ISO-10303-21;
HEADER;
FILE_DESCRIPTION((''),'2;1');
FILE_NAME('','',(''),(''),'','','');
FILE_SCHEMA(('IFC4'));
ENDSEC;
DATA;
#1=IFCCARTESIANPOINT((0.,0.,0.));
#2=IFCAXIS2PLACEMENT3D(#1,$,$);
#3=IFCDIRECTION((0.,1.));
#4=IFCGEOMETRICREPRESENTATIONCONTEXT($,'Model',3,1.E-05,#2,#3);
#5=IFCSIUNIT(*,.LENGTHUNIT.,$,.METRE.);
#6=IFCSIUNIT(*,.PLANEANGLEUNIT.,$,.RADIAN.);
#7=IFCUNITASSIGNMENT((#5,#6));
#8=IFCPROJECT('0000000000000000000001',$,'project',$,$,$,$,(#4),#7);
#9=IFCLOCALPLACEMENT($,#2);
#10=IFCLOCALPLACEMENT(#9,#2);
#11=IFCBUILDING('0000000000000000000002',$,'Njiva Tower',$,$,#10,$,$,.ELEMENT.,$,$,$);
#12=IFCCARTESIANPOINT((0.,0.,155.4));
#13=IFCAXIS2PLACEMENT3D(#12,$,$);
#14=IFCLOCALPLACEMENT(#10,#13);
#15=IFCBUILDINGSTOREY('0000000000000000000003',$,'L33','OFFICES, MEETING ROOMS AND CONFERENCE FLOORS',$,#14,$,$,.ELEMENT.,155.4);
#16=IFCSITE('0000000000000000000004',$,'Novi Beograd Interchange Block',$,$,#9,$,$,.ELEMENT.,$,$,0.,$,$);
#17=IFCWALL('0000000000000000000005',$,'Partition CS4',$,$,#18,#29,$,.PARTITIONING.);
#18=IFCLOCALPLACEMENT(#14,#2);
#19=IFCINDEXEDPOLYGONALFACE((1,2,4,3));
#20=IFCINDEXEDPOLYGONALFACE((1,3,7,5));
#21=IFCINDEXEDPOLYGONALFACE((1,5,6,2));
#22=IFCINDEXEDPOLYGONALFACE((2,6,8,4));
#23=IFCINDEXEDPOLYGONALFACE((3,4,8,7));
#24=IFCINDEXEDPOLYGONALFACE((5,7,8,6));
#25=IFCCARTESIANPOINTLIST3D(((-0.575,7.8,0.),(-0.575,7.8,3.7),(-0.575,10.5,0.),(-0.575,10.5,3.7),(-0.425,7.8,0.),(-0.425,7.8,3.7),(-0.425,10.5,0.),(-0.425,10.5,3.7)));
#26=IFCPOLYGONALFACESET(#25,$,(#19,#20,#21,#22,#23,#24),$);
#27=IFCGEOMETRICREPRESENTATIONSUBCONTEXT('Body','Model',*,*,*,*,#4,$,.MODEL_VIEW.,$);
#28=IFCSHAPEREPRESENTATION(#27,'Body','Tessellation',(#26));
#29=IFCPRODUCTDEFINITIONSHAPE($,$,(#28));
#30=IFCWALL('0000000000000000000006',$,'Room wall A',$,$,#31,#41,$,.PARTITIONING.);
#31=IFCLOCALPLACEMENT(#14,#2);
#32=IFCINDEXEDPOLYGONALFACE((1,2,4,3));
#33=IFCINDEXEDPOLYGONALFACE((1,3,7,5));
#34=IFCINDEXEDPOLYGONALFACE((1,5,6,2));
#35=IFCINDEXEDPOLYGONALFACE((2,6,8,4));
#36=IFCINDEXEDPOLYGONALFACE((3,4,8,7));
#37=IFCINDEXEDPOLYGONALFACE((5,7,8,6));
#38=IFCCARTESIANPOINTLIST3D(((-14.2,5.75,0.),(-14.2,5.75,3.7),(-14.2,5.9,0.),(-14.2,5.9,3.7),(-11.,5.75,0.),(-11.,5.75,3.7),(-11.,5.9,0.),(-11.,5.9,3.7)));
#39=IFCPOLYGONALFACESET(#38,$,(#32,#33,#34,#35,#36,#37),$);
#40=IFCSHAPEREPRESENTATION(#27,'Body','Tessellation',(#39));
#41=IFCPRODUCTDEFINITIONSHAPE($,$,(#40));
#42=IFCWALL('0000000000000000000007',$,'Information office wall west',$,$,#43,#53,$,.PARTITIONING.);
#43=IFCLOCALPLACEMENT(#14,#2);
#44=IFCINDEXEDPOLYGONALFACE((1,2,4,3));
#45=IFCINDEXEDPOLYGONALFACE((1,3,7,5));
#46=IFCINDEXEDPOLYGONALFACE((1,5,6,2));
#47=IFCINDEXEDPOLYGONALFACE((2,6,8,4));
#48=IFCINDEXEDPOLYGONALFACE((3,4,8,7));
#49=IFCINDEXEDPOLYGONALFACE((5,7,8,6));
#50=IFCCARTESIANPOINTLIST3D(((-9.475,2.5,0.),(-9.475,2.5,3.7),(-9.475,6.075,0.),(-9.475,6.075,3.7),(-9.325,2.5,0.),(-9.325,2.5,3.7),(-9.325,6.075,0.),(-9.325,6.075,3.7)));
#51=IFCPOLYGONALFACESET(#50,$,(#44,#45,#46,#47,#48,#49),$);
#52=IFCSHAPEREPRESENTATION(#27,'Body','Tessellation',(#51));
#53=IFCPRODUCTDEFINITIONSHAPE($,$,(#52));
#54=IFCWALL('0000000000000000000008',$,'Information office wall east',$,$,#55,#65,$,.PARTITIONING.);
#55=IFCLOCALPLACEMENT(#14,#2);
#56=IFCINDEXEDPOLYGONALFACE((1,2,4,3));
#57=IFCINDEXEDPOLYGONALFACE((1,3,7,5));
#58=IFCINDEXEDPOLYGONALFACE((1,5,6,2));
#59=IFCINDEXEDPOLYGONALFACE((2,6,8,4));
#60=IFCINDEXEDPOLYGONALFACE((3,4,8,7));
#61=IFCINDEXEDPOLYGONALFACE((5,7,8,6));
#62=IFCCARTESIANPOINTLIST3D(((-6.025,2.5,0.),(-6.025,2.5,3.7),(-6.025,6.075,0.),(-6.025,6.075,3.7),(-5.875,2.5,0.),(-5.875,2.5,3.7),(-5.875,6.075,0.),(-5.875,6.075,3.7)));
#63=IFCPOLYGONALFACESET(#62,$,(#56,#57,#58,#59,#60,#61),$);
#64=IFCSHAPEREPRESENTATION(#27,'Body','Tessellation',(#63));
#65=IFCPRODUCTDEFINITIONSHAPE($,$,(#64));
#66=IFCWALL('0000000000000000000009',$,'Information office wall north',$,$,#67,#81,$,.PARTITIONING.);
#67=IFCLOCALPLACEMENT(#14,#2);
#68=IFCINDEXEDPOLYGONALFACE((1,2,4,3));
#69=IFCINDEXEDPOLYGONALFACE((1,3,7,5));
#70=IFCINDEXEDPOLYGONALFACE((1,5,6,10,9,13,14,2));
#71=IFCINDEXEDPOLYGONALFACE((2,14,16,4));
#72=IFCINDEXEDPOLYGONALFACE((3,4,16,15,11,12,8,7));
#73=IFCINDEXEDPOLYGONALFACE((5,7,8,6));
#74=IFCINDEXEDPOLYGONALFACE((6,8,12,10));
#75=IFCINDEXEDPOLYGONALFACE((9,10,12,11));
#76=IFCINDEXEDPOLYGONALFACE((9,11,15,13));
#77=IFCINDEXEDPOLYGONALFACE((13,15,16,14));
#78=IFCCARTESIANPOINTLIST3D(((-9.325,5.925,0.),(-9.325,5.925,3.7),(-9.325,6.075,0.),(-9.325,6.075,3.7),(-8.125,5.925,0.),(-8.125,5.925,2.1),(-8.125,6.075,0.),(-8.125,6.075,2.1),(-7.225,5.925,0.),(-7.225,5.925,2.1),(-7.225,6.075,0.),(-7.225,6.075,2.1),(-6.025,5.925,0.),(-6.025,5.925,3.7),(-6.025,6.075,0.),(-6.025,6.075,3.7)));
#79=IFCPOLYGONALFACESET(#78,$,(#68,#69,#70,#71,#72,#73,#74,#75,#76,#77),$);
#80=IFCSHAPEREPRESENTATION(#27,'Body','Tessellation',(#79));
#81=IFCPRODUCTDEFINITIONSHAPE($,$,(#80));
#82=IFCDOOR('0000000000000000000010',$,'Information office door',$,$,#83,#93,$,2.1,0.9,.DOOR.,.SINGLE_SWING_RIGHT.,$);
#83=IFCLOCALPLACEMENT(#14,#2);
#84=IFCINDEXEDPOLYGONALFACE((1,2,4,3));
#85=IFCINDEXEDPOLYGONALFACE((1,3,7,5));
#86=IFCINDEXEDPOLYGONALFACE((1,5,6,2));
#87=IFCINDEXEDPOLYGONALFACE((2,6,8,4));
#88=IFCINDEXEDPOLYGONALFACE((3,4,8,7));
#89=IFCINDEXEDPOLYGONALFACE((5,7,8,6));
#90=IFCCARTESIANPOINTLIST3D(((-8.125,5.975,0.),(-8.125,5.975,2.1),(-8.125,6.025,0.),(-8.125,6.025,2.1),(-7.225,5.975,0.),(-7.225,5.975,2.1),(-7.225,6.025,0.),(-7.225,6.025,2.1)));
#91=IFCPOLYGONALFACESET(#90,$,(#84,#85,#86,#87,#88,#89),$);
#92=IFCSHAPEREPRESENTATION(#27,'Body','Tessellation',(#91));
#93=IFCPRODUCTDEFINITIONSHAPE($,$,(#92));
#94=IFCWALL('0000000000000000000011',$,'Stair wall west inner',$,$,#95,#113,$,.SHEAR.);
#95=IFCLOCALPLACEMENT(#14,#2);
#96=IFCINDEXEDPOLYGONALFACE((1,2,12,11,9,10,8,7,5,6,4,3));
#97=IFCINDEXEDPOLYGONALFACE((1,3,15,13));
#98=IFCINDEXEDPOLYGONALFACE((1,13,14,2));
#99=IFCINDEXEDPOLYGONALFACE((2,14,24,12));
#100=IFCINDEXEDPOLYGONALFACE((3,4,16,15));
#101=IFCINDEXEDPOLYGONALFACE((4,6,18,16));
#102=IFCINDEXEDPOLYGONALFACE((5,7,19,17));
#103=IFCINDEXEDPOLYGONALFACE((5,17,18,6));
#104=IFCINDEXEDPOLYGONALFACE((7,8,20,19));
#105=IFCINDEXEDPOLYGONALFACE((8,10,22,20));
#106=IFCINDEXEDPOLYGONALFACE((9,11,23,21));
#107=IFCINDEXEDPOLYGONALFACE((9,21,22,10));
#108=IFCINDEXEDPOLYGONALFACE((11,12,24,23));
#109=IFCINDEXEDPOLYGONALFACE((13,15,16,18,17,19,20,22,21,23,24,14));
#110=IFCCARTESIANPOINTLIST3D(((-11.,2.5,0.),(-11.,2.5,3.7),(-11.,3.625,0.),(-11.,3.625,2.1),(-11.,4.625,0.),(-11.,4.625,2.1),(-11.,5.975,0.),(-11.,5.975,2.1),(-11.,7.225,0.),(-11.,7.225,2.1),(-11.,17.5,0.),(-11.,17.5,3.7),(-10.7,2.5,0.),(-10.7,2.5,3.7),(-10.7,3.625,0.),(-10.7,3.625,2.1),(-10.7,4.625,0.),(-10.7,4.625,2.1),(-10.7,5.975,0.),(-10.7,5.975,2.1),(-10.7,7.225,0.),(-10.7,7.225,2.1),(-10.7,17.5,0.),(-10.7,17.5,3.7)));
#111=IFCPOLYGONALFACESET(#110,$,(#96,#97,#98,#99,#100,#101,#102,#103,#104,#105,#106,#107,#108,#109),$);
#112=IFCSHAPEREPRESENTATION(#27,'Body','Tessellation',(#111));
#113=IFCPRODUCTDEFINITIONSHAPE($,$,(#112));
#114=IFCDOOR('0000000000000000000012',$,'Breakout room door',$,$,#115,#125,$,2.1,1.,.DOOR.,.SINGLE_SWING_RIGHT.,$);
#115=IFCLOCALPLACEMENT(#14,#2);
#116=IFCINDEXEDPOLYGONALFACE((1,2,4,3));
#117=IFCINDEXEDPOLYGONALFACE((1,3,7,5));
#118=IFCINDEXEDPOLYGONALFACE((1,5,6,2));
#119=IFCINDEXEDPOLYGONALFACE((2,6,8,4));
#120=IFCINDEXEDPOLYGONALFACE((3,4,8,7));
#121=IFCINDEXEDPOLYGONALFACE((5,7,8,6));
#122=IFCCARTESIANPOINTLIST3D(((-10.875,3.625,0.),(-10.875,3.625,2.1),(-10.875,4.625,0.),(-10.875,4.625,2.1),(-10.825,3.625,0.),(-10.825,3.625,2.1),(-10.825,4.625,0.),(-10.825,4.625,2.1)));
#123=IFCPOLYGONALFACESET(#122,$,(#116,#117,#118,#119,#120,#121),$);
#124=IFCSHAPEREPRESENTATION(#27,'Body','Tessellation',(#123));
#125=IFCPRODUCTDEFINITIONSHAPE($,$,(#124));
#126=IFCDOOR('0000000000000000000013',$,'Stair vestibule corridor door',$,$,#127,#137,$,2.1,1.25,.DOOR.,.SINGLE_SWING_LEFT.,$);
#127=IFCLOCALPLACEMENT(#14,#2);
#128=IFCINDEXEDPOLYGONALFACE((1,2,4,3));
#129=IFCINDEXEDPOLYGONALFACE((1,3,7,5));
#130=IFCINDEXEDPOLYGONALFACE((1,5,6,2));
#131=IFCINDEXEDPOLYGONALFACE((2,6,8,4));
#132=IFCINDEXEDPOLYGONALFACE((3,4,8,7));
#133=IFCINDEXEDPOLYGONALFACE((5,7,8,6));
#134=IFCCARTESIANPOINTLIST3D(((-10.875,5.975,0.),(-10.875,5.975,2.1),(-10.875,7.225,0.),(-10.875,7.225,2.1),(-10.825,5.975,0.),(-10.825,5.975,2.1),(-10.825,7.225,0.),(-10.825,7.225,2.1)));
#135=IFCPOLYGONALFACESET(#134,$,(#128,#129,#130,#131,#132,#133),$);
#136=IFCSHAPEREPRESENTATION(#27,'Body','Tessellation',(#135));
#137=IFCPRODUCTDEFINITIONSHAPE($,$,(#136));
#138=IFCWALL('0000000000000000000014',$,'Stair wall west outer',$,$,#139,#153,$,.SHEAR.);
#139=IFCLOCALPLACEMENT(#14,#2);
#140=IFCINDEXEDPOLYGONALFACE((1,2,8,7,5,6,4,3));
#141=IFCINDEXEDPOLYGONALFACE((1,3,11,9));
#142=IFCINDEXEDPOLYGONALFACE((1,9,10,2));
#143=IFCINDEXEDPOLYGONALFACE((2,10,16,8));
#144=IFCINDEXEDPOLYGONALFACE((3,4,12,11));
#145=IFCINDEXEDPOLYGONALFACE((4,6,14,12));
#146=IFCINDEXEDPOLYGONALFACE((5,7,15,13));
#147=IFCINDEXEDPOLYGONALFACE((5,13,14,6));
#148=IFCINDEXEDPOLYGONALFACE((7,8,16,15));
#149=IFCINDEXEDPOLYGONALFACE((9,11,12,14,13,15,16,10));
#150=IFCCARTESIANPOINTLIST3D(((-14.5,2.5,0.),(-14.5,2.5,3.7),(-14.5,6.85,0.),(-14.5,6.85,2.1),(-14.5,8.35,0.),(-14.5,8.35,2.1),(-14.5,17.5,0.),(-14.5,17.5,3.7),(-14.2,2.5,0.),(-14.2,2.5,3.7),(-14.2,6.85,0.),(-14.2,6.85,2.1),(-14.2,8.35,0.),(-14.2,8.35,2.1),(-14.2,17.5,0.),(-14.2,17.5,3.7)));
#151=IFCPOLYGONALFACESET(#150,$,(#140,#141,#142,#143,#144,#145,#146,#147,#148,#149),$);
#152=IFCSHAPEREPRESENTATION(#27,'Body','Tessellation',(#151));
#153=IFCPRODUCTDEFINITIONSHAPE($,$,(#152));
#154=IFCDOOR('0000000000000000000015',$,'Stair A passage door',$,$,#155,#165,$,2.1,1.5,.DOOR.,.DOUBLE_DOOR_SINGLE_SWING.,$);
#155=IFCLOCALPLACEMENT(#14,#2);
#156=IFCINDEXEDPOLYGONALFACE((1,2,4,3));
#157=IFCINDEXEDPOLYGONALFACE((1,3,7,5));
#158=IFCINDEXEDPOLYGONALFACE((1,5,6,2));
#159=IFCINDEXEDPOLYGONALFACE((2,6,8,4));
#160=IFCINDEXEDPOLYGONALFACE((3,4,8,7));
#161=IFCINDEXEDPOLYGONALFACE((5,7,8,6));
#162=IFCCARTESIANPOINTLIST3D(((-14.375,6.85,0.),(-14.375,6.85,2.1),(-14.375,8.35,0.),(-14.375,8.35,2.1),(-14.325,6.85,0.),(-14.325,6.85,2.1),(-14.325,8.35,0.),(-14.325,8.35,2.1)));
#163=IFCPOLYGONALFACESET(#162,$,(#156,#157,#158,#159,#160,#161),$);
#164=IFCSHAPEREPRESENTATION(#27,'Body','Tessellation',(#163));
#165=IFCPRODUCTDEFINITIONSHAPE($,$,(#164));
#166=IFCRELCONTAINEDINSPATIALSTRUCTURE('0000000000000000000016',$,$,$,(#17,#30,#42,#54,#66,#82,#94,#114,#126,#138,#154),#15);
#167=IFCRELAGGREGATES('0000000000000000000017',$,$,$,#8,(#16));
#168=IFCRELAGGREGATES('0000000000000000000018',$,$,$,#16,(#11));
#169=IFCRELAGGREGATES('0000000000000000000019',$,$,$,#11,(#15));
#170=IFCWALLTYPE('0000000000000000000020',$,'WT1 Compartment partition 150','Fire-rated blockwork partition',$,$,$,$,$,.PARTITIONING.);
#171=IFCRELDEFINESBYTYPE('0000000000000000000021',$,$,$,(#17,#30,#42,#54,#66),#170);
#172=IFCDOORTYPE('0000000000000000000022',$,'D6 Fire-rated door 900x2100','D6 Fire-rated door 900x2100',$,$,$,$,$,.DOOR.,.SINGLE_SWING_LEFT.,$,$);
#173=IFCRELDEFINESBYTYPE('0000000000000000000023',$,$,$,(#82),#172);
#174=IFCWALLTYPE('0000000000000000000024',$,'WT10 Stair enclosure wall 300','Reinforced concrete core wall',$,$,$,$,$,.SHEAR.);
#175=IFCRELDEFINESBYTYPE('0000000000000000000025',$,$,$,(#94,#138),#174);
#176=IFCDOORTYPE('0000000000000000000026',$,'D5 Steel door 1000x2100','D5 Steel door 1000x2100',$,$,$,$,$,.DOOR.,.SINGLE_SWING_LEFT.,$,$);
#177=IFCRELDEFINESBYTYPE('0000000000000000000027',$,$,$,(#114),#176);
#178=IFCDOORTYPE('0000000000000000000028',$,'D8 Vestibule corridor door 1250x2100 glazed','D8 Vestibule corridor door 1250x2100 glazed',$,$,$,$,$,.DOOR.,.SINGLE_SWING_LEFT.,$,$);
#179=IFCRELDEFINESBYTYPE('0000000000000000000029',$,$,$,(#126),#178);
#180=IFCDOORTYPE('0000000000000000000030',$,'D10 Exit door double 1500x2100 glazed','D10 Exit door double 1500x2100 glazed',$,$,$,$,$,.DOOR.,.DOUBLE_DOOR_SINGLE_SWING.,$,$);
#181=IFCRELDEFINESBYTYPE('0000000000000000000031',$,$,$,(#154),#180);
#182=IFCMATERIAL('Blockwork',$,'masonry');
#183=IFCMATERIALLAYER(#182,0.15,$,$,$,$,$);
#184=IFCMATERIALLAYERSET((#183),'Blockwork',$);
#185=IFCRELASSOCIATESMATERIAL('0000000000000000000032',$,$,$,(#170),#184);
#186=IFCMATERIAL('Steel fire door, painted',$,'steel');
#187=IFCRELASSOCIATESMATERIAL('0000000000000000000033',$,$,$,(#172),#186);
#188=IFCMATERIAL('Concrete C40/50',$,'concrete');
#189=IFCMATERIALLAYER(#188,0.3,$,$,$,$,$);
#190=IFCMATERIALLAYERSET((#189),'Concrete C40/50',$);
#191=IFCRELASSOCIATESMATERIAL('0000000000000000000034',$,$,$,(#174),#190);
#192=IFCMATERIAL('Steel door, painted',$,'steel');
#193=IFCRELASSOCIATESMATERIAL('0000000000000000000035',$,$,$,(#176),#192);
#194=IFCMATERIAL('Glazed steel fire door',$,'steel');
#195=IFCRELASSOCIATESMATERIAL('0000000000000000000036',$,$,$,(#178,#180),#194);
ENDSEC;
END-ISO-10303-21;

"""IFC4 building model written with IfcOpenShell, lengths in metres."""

from ifc_helpers import new_model, si_unit, direction, frame, frame_2d, origin, place, context, subcontext, project, spatial, rectangle, extrude, material, layer, layer_set, type_object, element, fill, save


model = new_model("IFC4")

# Units and contexts
model_context = context("Model", 3, precision=1e-05, world=origin(), true_north=direction((0.0, 1.0)))
body_context = subcontext(model_context, "Body", "Model", "MODEL_VIEW")
ifc_project = project(units=[si_unit("LENGTHUNIT", "METRE"), si_unit("PLANEANGLEUNIT", "RADIAN")], contexts=[model_context])

# Site, building, storey
site_placement = place(None, origin())
site = spatial("IfcSite", under=ifc_project, at=site_placement, Name="Novi Beograd Interchange Block", CompositionType="ELEMENT", RefElevation=0.0)
building_placement = place(site_placement, origin())
building = spatial("IfcBuilding", under=site, at=building_placement, Name="Njiva Tower", CompositionType="ELEMENT")
storey_placement = place(building_placement, frame((0.0, 0.0, 155.4)))
storey = spatial("IfcBuildingStorey", under=building, at=storey_placement, Name="L33", Description="OFFICES, MEETING ROOMS AND CONFERENCE FLOORS", CompositionType="ELEMENT", Elevation=155.4)

# Walls
ifc_material_1 = material(Name="Blockwork", Category="masonry")
ifc_layer_1 = layer(ifc_material_1, 0.15)
ifc_layer_set_1 = layer_set([ifc_layer_1], Name="Blockwork")
wall_type_1 = type_object("IfcWallType", Name="WT1 Compartment partition 150", Description="Fire-rated blockwork partition", PredefinedType="PARTITIONING", material=ifc_layer_set_1)
wall_1_placement = place(storey_placement, frame((-0.5, 7.8, 0.0), z_axis=(0.0, 0.0, 1.0), x_axis=(0.0, 1.0, 0.0)))
element("IfcWall", 1, at=wall_1_placement, inside=storey, type_object=wall_type_1, Name="Partition CS4", PredefinedType="PARTITIONING", context=body_context, shape_type="SweptSolid", body=[
    extrude(rectangle(XDim=2.7, YDim=0.15, at=frame_2d((1.35, 0.0))), origin(), (0.0, 0.0, 1.0), 3.7),
])
wall_2_placement = place(storey_placement, frame((-14.2, 5.825, 0.0), z_axis=(0.0, 0.0, 1.0), x_axis=(1.0, 0.0, 0.0)))
element("IfcWall", 2, at=wall_2_placement, inside=storey, type_object=wall_type_1, Name="Room wall A", PredefinedType="PARTITIONING", context=body_context, shape_type="SweptSolid", body=[
    extrude(rectangle(XDim=3.2, YDim=0.15, at=frame_2d((1.6, 0.0))), origin(), (0.0, 0.0, 1.0), 3.7),
])
for number, where, z_axis, x_axis, name in (
    (3, (-9.4, 2.5, 0.0), (0.0, 0.0, 1.0), (0.0, 1.0, 0.0), "Information office wall west"),
    (4, (-5.95, 2.5, 0.0), (0.0, 0.0, 1.0), (0.0, 1.0, 0.0), "Information office wall east"),
):
    element("IfcWall", number, at=place(storey_placement, frame(where, z_axis=z_axis, x_axis=x_axis)), inside=storey, type_object=wall_type_1, Name=name, PredefinedType="PARTITIONING", context=body_context, shape_type="SweptSolid", body=[
        extrude(rectangle(XDim=3.575, YDim=0.15, at=frame_2d((1.7875, 0.0))), origin(), (0.0, 0.0, 1.0), 3.7),
    ])

# Wall, opening, door
wall_3_placement = place(storey_placement, frame((-9.325, 6.0, 0.0), z_axis=(0.0, 0.0, 1.0), x_axis=(1.0, 0.0, 0.0)))
wall_3 = element("IfcWall", 5, at=wall_3_placement, inside=storey, type_object=wall_type_1, Name="Information office wall north", PredefinedType="PARTITIONING", context=body_context, shape_type="SweptSolid", body=[
    extrude(rectangle(XDim=3.3, YDim=0.15, at=frame_2d((1.65, 0.0))), origin(), (0.0, 0.0, 1.0), 3.7),
])
opening_1_placement = place(wall_3_placement, frame((1.2, 0.0, 0.0)))
opening_1 = element("IfcOpeningElement", 6, at=opening_1_placement, cuts=wall_3, PredefinedType="OPENING", context=body_context, shape_type="SweptSolid", body=[
    extrude(rectangle(XDim=0.9, YDim=2.1, at=frame_2d((0.45, 1.05))), frame((0.0, 0.085, 0.0), z_axis=(0.0, -1.0, 0.0), x_axis=(1.0, 0.0, 0.0)), (0.0, 0.0, 1.0), 0.17),
])
ifc_material_2 = material(Name="Steel fire door, painted", Category="steel")
door_type_1 = type_object("IfcDoorType", Name="D6 Fire-rated door 900x2100", Description="D6 Fire-rated door 900x2100", OperationType="SINGLE_SWING_LEFT", PredefinedType="DOOR", material=ifc_material_2)
door_1_placement = place(opening_1_placement, origin())
door_1 = element("IfcDoor", 7, at=door_1_placement, inside=storey, type_object=door_type_1, Name="Information office door", OperationType="SINGLE_SWING_RIGHT", OverallHeight=2.1, OverallWidth=0.9, PredefinedType="DOOR", context=body_context, shape_type="SweptSolid", body=[
    extrude(rectangle(XDim=0.9, YDim=2.1, at=frame_2d((0.45, 1.05))), frame((0.0, 0.025, 0.0), z_axis=(0.0, -1.0, 0.0), x_axis=(1.0, 0.0, 0.0)), (0.0, 0.0, 1.0), 0.05),
])
fill(opening_1, door_1)

# Wall, openings, doors
ifc_material_3 = material(Name="Concrete C40/50", Category="concrete")
ifc_layer_2 = layer(ifc_material_3, 0.3)
ifc_layer_set_2 = layer_set([ifc_layer_2], Name="Concrete C40/50")
wall_type_2 = type_object("IfcWallType", Name="WT10 Stair enclosure wall 300", Description="Reinforced concrete core wall", PredefinedType="SHEAR", material=ifc_layer_set_2)
wall_4_placement = place(storey_placement, frame((-10.85, 2.5, 0.0), z_axis=(0.0, 0.0, 1.0), x_axis=(0.0, 1.0, 0.0)))
wall_4 = element("IfcWall", 8, at=wall_4_placement, inside=storey, type_object=wall_type_2, Name="Stair wall west inner", PredefinedType="SHEAR", context=body_context, shape_type="SweptSolid", body=[
    extrude(rectangle(XDim=15.0, YDim=0.3, at=frame_2d((7.5, 0.0))), origin(), (0.0, 0.0, 1.0), 3.7),
])
opening_2_placement = place(wall_4_placement, frame((3.475, 0.0, 0.0)))
opening_2 = element("IfcOpeningElement", 9, at=opening_2_placement, cuts=wall_4, PredefinedType="OPENING", context=body_context, shape_type="SweptSolid", body=[
    extrude(rectangle(XDim=1.25, YDim=2.1, at=frame_2d((0.625, 1.05))), frame((0.0, 0.16, 0.0), z_axis=(0.0, -1.0, 0.0), x_axis=(1.0, 0.0, 0.0)), (0.0, 0.0, 1.0), 0.32),
])
opening_3_placement = place(wall_4_placement, frame((1.125, 0.0, 0.0)))
opening_3 = element("IfcOpeningElement", 10, at=opening_3_placement, cuts=wall_4, PredefinedType="OPENING", context=body_context, shape_type="SweptSolid", body=[
    extrude(rectangle(XDim=1.0, YDim=2.1, at=frame_2d((0.5, 1.05))), frame((0.0, 0.16, 0.0), z_axis=(0.0, -1.0, 0.0), x_axis=(1.0, 0.0, 0.0)), (0.0, 0.0, 1.0), 0.32),
])
ifc_material_4 = material(Name="Steel door, painted", Category="steel")
door_type_2 = type_object("IfcDoorType", Name="D5 Steel door 1000x2100", Description="D5 Steel door 1000x2100", OperationType="SINGLE_SWING_LEFT", PredefinedType="DOOR", material=ifc_material_4)
door_2_placement = place(opening_3_placement, origin())
door_2 = element("IfcDoor", 11, at=door_2_placement, inside=storey, type_object=door_type_2, Name="Breakout room door", OperationType="SINGLE_SWING_RIGHT", OverallHeight=2.1, OverallWidth=1.0, PredefinedType="DOOR", context=body_context, shape_type="SweptSolid", body=[
    extrude(rectangle(XDim=1.0, YDim=2.1, at=frame_2d((0.5, 1.05))), frame((0.0, 0.025, 0.0), z_axis=(0.0, -1.0, 0.0), x_axis=(1.0, 0.0, 0.0)), (0.0, 0.0, 1.0), 0.05),
])
fill(opening_3, door_2)
ifc_material_5 = material(Name="Glazed steel fire door", Category="steel")
door_type_3 = type_object("IfcDoorType", Name="D8 Vestibule corridor door 1250x2100 glazed", Description="D8 Vestibule corridor door 1250x2100 glazed", OperationType="SINGLE_SWING_LEFT", PredefinedType="DOOR", material=ifc_material_5)
door_3_placement = place(opening_2_placement, origin())
door_3 = element("IfcDoor", 12, at=door_3_placement, inside=storey, type_object=door_type_3, Name="Stair vestibule corridor door", OperationType="SINGLE_SWING_LEFT", OverallHeight=2.1, OverallWidth=1.25, PredefinedType="DOOR", context=body_context, shape_type="SweptSolid", body=[
    extrude(rectangle(XDim=1.25, YDim=2.1, at=frame_2d((0.625, 1.05))), frame((0.0, 0.025, 0.0), z_axis=(0.0, -1.0, 0.0), x_axis=(1.0, 0.0, 0.0)), (0.0, 0.0, 1.0), 0.05),
])
fill(opening_2, door_3)

# Wall, opening, door
wall_5_placement = place(storey_placement, frame((-14.35, 2.5, 0.0), z_axis=(0.0, 0.0, 1.0), x_axis=(0.0, 1.0, 0.0)))
wall_5 = element("IfcWall", 13, at=wall_5_placement, inside=storey, type_object=wall_type_2, Name="Stair wall west outer", PredefinedType="SHEAR", context=body_context, shape_type="SweptSolid", body=[
    extrude(rectangle(XDim=15.0, YDim=0.3, at=frame_2d((7.5, 0.0))), origin(), (0.0, 0.0, 1.0), 3.7),
])
opening_4_placement = place(wall_5_placement, frame((4.35, 0.0, 0.0)))
opening_4 = element("IfcOpeningElement", 14, at=opening_4_placement, cuts=wall_5, PredefinedType="OPENING", context=body_context, shape_type="SweptSolid", body=[
    extrude(rectangle(XDim=1.5, YDim=2.1, at=frame_2d((0.75, 1.05))), frame((0.0, 0.16, 0.0), z_axis=(0.0, -1.0, 0.0), x_axis=(1.0, 0.0, 0.0)), (0.0, 0.0, 1.0), 0.32),
])
door_type_4 = type_object("IfcDoorType", Name="D10 Exit door double 1500x2100 glazed", Description="D10 Exit door double 1500x2100 glazed", OperationType="DOUBLE_DOOR_SINGLE_SWING", PredefinedType="DOOR", material=ifc_material_5)
door_4_placement = place(opening_4_placement, origin())
door_4 = element("IfcDoor", 15, at=door_4_placement, inside=storey, type_object=door_type_4, Name="Stair A passage door", OperationType="DOUBLE_DOOR_SINGLE_SWING", OverallHeight=2.1, OverallWidth=1.5, PredefinedType="DOOR", context=body_context, shape_type="SweptSolid", body=[
    extrude(rectangle(XDim=1.5, YDim=2.1, at=frame_2d((0.75, 1.05))), frame((0.0, 0.025, 0.0), z_axis=(0.0, -1.0, 0.0), x_axis=(1.0, 0.0, 0.0)), (0.0, 0.0, 1.0), 0.05),
])
fill(opening_4, door_4)

save(model, "model.ifc")
